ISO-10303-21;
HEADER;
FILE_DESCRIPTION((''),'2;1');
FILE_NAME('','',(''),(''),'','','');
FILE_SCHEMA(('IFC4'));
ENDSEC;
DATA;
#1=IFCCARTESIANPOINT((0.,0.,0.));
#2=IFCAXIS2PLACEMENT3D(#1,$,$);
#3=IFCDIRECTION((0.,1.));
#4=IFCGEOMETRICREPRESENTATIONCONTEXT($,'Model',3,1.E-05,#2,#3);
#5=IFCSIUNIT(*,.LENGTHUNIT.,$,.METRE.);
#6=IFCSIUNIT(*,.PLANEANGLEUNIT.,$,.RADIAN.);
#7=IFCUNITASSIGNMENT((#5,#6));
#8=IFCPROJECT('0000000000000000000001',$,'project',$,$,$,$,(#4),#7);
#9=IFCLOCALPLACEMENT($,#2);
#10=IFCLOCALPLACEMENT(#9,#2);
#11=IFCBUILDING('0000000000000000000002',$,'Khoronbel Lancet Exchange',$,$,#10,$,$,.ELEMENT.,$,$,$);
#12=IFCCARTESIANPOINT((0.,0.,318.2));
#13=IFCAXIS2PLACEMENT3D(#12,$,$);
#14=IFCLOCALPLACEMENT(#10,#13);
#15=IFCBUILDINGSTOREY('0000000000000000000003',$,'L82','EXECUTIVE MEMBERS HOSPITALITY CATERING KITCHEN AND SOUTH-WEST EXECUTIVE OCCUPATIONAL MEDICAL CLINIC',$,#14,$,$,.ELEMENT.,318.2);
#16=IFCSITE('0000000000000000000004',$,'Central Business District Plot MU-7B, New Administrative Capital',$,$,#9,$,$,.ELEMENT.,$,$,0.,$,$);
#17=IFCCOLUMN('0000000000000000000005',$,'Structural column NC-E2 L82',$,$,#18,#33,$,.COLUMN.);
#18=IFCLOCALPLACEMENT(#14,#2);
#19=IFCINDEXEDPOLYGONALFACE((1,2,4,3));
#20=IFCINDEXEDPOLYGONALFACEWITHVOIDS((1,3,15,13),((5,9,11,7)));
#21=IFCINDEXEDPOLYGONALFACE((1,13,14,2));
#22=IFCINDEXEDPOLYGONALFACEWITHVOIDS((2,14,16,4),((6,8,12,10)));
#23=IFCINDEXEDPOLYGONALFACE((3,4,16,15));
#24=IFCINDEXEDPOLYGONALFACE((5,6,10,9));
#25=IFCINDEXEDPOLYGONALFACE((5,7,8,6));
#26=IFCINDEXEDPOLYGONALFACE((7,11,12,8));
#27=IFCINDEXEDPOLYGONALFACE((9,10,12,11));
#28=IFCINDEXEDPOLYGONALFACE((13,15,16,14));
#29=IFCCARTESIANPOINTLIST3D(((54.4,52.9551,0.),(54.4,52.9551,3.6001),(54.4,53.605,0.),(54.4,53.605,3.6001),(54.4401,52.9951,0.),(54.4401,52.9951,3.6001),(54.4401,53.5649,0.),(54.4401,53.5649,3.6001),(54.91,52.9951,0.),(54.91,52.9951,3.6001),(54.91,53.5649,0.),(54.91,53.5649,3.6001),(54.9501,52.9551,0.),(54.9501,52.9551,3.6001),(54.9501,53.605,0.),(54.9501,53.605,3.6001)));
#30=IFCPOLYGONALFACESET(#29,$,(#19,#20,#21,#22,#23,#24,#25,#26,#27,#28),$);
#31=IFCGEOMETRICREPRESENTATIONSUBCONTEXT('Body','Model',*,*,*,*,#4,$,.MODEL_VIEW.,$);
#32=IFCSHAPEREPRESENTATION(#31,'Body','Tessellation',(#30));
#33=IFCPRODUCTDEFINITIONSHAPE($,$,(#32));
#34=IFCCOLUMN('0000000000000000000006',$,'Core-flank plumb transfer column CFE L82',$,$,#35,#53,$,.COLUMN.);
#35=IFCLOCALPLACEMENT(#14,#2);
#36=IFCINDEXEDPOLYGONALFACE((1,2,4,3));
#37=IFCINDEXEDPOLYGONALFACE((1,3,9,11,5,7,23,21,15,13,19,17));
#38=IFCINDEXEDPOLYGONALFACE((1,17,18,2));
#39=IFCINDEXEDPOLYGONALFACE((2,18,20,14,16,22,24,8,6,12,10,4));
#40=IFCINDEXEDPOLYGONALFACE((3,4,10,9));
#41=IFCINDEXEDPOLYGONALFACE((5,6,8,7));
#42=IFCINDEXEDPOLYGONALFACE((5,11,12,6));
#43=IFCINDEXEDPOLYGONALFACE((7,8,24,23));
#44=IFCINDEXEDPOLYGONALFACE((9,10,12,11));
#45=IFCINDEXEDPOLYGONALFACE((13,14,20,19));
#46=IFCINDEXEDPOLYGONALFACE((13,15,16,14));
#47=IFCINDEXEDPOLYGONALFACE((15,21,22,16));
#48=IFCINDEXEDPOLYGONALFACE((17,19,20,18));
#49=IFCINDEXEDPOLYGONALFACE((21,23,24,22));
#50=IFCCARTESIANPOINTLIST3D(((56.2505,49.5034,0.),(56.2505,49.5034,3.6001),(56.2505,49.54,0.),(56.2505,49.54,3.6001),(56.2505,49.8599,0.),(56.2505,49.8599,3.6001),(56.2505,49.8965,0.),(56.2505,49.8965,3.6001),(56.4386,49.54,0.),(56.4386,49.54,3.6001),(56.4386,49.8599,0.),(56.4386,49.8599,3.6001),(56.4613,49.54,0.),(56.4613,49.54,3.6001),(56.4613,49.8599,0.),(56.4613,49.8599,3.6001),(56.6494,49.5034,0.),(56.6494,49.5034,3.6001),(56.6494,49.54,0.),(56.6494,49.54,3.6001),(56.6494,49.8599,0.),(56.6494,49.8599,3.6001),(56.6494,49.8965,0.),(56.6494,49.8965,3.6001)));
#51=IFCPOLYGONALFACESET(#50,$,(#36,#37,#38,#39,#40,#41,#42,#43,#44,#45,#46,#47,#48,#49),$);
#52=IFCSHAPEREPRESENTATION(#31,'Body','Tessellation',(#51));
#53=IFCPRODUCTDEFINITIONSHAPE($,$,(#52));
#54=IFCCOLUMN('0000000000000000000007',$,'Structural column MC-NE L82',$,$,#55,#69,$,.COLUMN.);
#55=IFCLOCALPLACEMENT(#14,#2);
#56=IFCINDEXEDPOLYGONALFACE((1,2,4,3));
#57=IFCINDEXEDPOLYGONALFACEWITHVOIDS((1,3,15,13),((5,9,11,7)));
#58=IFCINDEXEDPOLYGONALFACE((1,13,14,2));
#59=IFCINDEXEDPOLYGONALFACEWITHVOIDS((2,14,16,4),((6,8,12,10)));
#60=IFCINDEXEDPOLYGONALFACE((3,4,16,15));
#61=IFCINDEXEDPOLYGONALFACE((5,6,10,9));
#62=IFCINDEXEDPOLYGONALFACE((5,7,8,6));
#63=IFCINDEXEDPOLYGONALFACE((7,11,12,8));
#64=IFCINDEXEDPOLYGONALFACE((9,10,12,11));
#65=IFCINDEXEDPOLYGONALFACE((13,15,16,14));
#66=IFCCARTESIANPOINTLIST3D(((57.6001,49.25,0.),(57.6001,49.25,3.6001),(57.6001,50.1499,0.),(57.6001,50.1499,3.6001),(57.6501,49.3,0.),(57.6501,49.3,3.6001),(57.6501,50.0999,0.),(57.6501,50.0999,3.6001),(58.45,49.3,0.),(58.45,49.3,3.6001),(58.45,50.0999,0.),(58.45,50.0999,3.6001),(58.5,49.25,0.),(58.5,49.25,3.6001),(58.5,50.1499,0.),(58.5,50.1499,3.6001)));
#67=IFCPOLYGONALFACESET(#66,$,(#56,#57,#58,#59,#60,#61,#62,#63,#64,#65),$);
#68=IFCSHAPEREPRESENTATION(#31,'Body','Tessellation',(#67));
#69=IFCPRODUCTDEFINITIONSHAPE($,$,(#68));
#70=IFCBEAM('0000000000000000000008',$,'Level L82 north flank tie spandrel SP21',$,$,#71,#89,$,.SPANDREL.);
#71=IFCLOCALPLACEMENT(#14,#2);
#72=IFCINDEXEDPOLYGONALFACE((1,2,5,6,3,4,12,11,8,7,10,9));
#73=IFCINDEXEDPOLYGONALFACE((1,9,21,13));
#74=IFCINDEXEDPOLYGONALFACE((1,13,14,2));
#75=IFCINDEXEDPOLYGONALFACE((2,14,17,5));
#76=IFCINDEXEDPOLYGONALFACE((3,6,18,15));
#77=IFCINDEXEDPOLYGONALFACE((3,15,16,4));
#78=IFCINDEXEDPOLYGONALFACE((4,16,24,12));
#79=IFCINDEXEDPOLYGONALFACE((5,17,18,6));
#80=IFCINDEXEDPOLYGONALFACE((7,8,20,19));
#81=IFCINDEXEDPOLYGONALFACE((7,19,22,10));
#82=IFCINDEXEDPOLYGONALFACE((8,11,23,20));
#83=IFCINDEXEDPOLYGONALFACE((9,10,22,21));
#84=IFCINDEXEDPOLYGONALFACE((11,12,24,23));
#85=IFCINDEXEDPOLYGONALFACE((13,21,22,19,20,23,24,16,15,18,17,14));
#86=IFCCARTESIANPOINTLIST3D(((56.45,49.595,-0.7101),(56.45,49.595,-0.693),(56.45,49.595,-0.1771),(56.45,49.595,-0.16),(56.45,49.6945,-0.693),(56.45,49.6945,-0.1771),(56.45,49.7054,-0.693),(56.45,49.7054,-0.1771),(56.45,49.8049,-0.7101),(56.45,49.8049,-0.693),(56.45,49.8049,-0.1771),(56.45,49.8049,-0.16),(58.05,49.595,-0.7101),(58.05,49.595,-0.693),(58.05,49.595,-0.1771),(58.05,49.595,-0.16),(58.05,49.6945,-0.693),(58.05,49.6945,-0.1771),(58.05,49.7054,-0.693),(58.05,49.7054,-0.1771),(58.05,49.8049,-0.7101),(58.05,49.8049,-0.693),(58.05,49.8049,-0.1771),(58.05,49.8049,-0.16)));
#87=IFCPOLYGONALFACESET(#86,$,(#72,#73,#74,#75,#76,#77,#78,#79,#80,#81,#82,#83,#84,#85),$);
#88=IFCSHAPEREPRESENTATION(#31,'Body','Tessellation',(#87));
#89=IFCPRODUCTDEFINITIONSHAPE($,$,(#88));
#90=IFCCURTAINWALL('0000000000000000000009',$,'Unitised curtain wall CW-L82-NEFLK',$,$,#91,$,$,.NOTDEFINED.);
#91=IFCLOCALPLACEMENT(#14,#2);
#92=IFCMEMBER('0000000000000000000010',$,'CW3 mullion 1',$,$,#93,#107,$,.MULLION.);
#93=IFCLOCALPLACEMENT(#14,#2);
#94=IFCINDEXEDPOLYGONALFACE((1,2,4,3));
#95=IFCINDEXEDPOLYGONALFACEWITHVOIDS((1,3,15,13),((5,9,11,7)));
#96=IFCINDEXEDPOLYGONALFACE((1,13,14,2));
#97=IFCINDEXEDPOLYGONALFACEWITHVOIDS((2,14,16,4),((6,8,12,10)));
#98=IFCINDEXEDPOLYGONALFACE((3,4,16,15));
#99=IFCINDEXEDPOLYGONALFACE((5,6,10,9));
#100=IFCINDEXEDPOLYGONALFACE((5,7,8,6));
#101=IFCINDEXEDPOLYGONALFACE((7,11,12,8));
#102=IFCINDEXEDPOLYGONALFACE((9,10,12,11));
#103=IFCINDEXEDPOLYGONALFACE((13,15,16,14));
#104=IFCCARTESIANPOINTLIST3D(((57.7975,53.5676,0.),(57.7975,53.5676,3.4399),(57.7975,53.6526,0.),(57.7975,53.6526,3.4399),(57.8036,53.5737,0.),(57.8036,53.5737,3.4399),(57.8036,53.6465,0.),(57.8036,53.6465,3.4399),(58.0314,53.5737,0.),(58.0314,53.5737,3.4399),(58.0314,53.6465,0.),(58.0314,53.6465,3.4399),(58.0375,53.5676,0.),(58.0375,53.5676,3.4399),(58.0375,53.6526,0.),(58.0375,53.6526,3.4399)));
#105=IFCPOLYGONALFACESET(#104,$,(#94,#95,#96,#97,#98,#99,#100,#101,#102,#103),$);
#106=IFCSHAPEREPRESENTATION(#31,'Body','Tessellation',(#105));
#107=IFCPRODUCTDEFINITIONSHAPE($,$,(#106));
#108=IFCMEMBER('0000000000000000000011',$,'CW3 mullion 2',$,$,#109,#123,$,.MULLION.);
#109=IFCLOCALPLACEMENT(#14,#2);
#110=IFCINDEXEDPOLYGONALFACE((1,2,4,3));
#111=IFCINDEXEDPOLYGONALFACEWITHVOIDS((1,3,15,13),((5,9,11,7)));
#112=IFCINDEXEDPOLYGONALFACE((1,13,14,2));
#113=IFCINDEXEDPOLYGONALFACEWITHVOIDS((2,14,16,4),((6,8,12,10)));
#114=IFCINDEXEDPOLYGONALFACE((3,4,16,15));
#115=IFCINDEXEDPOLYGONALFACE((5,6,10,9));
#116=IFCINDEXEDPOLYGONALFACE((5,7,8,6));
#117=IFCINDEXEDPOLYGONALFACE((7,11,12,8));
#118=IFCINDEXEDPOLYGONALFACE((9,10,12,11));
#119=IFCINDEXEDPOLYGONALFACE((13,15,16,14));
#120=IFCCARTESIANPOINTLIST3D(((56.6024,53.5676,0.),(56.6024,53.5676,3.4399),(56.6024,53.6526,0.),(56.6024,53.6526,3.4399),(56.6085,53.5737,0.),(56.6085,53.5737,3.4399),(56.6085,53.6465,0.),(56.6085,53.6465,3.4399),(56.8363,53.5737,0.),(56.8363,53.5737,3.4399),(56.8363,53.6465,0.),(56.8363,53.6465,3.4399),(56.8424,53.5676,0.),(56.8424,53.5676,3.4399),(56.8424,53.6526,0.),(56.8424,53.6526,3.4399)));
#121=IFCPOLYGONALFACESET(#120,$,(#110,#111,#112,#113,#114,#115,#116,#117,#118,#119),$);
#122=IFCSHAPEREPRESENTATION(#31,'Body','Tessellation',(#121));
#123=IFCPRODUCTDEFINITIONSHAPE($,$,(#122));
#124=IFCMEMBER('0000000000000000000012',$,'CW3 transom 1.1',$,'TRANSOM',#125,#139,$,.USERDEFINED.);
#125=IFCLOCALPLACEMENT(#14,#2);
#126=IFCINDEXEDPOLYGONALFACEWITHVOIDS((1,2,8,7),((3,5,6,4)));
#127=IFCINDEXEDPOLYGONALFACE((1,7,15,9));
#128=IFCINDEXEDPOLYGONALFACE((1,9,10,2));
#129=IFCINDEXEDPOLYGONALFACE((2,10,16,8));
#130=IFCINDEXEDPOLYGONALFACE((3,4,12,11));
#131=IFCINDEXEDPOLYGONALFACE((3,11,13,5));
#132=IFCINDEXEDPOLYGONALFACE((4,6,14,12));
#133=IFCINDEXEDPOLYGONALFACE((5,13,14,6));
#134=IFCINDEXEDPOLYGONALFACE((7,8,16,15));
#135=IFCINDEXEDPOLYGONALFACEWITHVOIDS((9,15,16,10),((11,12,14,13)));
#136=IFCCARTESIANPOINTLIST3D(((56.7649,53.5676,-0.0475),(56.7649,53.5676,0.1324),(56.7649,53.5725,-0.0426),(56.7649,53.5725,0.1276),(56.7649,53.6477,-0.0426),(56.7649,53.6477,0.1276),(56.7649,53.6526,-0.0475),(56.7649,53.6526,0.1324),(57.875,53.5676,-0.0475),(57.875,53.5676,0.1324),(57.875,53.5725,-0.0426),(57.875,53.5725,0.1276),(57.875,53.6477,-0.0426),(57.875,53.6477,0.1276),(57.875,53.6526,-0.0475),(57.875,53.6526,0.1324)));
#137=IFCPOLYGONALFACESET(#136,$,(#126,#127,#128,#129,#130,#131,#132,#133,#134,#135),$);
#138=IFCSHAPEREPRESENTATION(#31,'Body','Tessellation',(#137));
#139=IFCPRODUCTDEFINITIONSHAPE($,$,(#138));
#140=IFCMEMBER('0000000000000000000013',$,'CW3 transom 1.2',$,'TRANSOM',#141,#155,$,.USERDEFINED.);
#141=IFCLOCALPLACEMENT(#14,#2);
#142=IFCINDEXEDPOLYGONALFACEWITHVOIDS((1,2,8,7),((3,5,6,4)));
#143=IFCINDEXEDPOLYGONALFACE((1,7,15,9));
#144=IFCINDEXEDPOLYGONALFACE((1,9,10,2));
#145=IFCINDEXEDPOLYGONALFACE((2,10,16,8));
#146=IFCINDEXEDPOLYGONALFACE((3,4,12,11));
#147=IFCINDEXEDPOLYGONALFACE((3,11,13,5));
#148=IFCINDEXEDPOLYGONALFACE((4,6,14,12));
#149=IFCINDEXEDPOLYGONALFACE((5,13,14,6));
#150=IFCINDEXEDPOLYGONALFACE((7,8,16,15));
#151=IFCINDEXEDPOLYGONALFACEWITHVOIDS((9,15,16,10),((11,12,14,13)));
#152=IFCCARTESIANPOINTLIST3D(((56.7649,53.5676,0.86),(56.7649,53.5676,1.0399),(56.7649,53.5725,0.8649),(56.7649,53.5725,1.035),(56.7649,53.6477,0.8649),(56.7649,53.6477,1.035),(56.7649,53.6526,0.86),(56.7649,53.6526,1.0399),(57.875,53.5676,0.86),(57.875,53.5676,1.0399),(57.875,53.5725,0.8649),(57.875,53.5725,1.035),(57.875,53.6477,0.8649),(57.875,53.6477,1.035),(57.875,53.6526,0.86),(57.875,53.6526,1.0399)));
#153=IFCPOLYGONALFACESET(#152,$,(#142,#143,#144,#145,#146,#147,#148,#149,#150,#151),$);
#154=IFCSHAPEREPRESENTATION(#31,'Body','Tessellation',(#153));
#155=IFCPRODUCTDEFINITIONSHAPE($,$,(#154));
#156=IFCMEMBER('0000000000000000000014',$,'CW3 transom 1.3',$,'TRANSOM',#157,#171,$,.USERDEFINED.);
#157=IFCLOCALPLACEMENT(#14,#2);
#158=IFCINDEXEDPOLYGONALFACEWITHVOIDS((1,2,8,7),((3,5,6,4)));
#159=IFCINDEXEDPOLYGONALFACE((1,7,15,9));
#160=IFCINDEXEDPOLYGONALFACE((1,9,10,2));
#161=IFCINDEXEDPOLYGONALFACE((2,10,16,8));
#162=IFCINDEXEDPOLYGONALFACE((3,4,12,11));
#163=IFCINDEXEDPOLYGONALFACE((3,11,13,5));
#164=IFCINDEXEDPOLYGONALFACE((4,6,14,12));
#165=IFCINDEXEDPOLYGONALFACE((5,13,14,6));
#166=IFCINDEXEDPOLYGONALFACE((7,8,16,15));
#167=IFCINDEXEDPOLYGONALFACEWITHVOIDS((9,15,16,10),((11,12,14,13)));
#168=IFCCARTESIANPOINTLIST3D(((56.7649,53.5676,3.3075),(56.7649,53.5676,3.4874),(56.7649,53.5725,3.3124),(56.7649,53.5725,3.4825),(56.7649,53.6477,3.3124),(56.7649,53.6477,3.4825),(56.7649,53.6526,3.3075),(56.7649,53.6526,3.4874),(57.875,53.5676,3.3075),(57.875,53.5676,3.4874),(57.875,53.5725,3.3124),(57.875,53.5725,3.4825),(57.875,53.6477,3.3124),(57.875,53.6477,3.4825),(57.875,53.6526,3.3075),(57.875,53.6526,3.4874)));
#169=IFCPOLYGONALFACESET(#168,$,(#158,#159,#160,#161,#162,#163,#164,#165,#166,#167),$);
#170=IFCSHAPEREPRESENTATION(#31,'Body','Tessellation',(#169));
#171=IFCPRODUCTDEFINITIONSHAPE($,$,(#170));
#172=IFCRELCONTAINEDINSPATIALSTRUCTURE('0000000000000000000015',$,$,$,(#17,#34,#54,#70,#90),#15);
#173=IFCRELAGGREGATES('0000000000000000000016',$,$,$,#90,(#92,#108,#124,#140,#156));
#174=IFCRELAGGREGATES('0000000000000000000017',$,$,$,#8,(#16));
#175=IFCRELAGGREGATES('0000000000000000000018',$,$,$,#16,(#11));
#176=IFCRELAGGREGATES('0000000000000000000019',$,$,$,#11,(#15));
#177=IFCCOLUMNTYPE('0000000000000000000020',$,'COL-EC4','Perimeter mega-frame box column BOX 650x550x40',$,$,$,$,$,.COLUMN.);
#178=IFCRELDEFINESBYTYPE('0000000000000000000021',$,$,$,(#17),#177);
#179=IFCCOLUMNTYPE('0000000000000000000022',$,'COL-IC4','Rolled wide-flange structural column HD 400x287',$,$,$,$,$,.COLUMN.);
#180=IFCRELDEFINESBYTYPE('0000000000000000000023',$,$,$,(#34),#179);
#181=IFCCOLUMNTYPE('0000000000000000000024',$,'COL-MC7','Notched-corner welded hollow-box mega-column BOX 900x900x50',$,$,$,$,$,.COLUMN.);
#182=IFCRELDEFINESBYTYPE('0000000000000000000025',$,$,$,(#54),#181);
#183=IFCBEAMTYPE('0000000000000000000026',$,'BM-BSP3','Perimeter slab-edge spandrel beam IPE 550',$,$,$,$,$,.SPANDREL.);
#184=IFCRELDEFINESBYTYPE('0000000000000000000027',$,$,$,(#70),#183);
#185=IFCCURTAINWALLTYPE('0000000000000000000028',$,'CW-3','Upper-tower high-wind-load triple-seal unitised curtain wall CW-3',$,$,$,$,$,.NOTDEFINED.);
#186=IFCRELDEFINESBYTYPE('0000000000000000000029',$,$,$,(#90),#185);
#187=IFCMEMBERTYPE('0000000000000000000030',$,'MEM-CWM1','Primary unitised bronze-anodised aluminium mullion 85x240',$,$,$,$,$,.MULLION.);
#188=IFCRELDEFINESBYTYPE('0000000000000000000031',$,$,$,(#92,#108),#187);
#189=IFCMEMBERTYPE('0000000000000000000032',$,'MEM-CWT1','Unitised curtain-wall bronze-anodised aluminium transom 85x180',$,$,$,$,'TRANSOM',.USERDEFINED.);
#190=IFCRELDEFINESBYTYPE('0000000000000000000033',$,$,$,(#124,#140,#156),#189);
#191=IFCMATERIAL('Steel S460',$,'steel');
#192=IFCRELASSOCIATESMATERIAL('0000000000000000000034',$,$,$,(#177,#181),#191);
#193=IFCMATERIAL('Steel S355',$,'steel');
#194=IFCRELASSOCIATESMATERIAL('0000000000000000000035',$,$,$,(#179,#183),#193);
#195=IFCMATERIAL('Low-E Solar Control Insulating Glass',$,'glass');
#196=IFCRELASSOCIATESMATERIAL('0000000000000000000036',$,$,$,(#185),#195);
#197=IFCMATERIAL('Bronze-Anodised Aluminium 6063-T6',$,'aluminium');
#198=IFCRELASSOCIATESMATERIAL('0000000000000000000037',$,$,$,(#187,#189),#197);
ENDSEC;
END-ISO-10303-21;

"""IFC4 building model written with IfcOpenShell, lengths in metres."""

from ifc_helpers import new_model, si_unit, direction, frame, origin, origin_2d, place, context, subcontext, project, spatial, hollow_rectangle, i_section, extrude, material, material_profile, profile_set, type_object, element, aggregate, save


model = new_model("IFC4")

# Units and contexts
model_context = context("Model", 3, precision=1e-05, world=origin(), true_north=direction((0.0, 1.0)))
body_context = subcontext(model_context, "Body", "Model", "MODEL_VIEW")
ifc_project = project(units=[si_unit("LENGTHUNIT", "METRE"), si_unit("PLANEANGLEUNIT", "RADIAN")], contexts=[model_context])

# Site, building, storey
site_placement = place(None, origin())
site = spatial("IfcSite", under=ifc_project, at=site_placement, Name="Central Business District Plot MU-7B, New Administrative Capital", CompositionType="ELEMENT", RefElevation=0.0)
building_placement = place(site_placement, origin())
building = spatial("IfcBuilding", under=site, at=building_placement, Name="Khoronbel Lancet Exchange", CompositionType="ELEMENT")
storey_placement = place(building_placement, frame((0.0, 0.0, 318.2)))
storey = spatial("IfcBuildingStorey", under=building, at=storey_placement, Name="L82", Description="EXECUTIVE MEMBERS HOSPITALITY CATERING KITCHEN AND SOUTH-WEST EXECUTIVE OCCUPATIONAL MEDICAL CLINIC", CompositionType="ELEMENT", Elevation=318.2)

# Columns
ifc_material_1 = material(Name="Steel S460", Category="steel")
ifc_material_profile_1 = material_profile(ifc_material_1, hollow_rectangle(XDim=0.55, YDim=0.6499, WallThickness=0.04, at=origin_2d()), Name="BOX 650x550x40")
ifc_profile_set_1 = profile_set([ifc_material_profile_1], Name="Steel S460")
column_type_1 = type_object("IfcColumnType", Name="COL-EC4", Description="Perimeter mega-frame box column BOX 650x550x40", PredefinedType="COLUMN", material=ifc_profile_set_1)
column_1_placement = place(storey_placement, frame((54.675, 53.28, 0.0), z_axis=(0.0, 0.0, 1.0), x_axis=(1.0, 0.0, 0.0)))
element("IfcColumn", 1, at=column_1_placement, inside=storey, type_object=column_type_1, Name="Structural column NC-E2 L82", PredefinedType="COLUMN", context=body_context, shape_type="SweptSolid", body=[
    extrude(hollow_rectangle(XDim=0.55, YDim=0.6499, WallThickness=0.04, at=origin_2d()), origin(), (0.0, 0.0, 1.0), 3.6001),
])
ifc_material_2 = material(Name="Steel S355", Category="steel")
ifc_material_profile_2 = material_profile(ifc_material_2, i_section(OverallWidth=0.3989, OverallDepth=0.3931, WebThickness=0.0227, FlangeThickness=0.0366, at=origin_2d()), Name="HD 400x287")
ifc_profile_set_2 = profile_set([ifc_material_profile_2], Name="Steel S355")
column_type_2 = type_object("IfcColumnType", Name="COL-IC4", Description="Rolled wide-flange structural column HD 400x287", PredefinedType="COLUMN", material=ifc_profile_set_2)
column_2_placement = place(storey_placement, frame((56.45, 49.7, 0.0), z_axis=(0.0, 0.0, 1.0), x_axis=(1.0, 0.0, 0.0)))
element("IfcColumn", 2, at=column_2_placement, inside=storey, type_object=column_type_2, Name="Core-flank plumb transfer column CFE L82", PredefinedType="COLUMN", context=body_context, shape_type="SweptSolid", body=[
    extrude(i_section(OverallWidth=0.3989, OverallDepth=0.3931, WebThickness=0.0227, FlangeThickness=0.0366, at=origin_2d()), origin(), (0.0, 0.0, 1.0), 3.6001),
])
ifc_material_profile_3 = material_profile(ifc_material_1, hollow_rectangle(XDim=0.8999, YDim=0.8999, WallThickness=0.05, at=origin_2d()), Name="BOX 900x900x50")
ifc_profile_set_3 = profile_set([ifc_material_profile_3], Name="Steel S460")
column_type_3 = type_object("IfcColumnType", Name="COL-MC7", Description="Notched-corner welded hollow-box mega-column BOX 900x900x50", PredefinedType="COLUMN", material=ifc_profile_set_3)
column_3_placement = place(storey_placement, frame((58.05, 49.7, 0.0), z_axis=(0.0, 0.0, 1.0), x_axis=(1.0, 0.0, 0.0)))
element("IfcColumn", 3, at=column_3_placement, inside=storey, type_object=column_type_3, Name="Structural column MC-NE L82", PredefinedType="COLUMN", context=body_context, shape_type="SweptSolid", body=[
    extrude(hollow_rectangle(XDim=0.8999, YDim=0.8999, WallThickness=0.05, at=origin_2d()), origin(), (0.0, 0.0, 1.0), 3.6001),
])

# Beam
ifc_material_profile_4 = material_profile(ifc_material_2, i_section(OverallWidth=0.21, OverallDepth=0.55, WebThickness=0.011, FlangeThickness=0.0171, at=origin_2d()), Name="IPE 550")
ifc_profile_set_4 = profile_set([ifc_material_profile_4], Name="Steel S355")
beam_type = type_object("IfcBeamType", Name="BM-BSP3", Description="Perimeter slab-edge spandrel beam IPE 550", PredefinedType="SPANDREL", material=ifc_profile_set_4)
beam_placement = place(storey_placement, frame((58.05, 49.7, -0.4351), z_axis=(-1.0, 0.0, 0.0), x_axis=(0.0, -1.0, 0.0)))
element("IfcBeam", 4, at=beam_placement, inside=storey, type_object=beam_type, Name="Level L82 north flank tie spandrel SP21", PredefinedType="SPANDREL", context=body_context, shape_type="SweptSolid", body=[
    extrude(i_section(OverallWidth=0.21, OverallDepth=0.55, WebThickness=0.011, FlangeThickness=0.0171, at=origin_2d()), origin(), (0.0, 0.0, 1.0), 1.6001),
])

# Curtain wall, members
ifc_material_3 = material(Name="Low-E Solar Control Insulating Glass", Category="glass")
curtain_wall_type = type_object("IfcCurtainWallType", Name="CW-3", Description="Upper-tower high-wind-load triple-seal unitised curtain wall CW-3", PredefinedType="NOTDEFINED", material=ifc_material_3)
curtain_wall_placement = place(storey_placement, origin())
curtain_wall = element("IfcCurtainWall", 5, at=curtain_wall_placement, inside=storey, type_object=curtain_wall_type, Name="Unitised curtain wall CW-L82-NEFLK", PredefinedType="NOTDEFINED")
ifc_material_4 = material(Name="Bronze-Anodised Aluminium 6063-T6", Category="aluminium")
ifc_material_profile_5 = material_profile(ifc_material_4, hollow_rectangle(XDim=0.085, YDim=0.24, WallThickness=0.0061, at=origin_2d()), Name="ALU MULLION 85x240")
ifc_profile_set_5 = profile_set([ifc_material_profile_5], Name="Bronze-Anodised Aluminium 6063-T6")
member_type_1 = type_object("IfcMemberType", Name="MEM-CWM1", Description="Primary unitised bronze-anodised aluminium mullion 85x240", PredefinedType="MULLION", material=ifc_profile_set_5)
member_1_placement = place(storey_placement, frame((57.9175, 53.6101, 0.0), z_axis=(0.0, 0.0, 1.0), x_axis=(0.0, -1.0, 0.0)))
member_1 = element("IfcMember", 6, at=member_1_placement, type_object=member_type_1, Name="CW3 mullion 1", PredefinedType="MULLION", context=body_context, shape_type="SweptSolid", body=[
    extrude(hollow_rectangle(XDim=0.085, YDim=0.24, WallThickness=0.0061, at=origin_2d()), origin(), (0.0, 0.0, 1.0), 3.4399),
])
member_2_placement = place(storey_placement, frame((56.7224, 53.6101, 0.0), z_axis=(0.0, 0.0, 1.0), x_axis=(0.0, -1.0, 0.0)))
member_2 = element("IfcMember", 7, at=member_2_placement, type_object=member_type_1, Name="CW3 mullion 2", PredefinedType="MULLION", context=body_context, shape_type="SweptSolid", body=[
    extrude(hollow_rectangle(XDim=0.085, YDim=0.24, WallThickness=0.0061, at=origin_2d()), origin(), (0.0, 0.0, 1.0), 3.4399),
])
ifc_material_profile_6 = material_profile(ifc_material_4, hollow_rectangle(XDim=0.085, YDim=0.1799, WallThickness=0.0049, at=origin_2d()), Name="ALU TRANSOM 85x180")
ifc_profile_set_6 = profile_set([ifc_material_profile_6], Name="Bronze-Anodised Aluminium 6063-T6")
member_type_2 = type_object("IfcMemberType", Name="MEM-CWT1", Description="Unitised curtain-wall bronze-anodised aluminium transom 85x180", ElementType="TRANSOM", PredefinedType="USERDEFINED", material=ifc_profile_set_6)
member_3_placement = place(storey_placement, frame((57.875, 53.6101, 0.0425), z_axis=(-1.0, 0.0, 0.0), x_axis=(0.0, -1.0, 0.0)))
member_3 = element("IfcMember", 8, at=member_3_placement, type_object=member_type_2, Name="CW3 transom 1.1", ObjectType="TRANSOM", PredefinedType="USERDEFINED", context=body_context, shape_type="SweptSolid", body=[
    extrude(hollow_rectangle(XDim=0.085, YDim=0.1799, WallThickness=0.0049, at=origin_2d()), origin(), (0.0, 0.0, 1.0), 1.1101),
])
member_4_placement = place(storey_placement, frame((57.875, 53.6101, 0.95), z_axis=(-1.0, 0.0, 0.0), x_axis=(0.0, -1.0, 0.0)))
member_4 = element("IfcMember", 9, at=member_4_placement, type_object=member_type_2, Name="CW3 transom 1.2", ObjectType="TRANSOM", PredefinedType="USERDEFINED", context=body_context, shape_type="SweptSolid", body=[
    extrude(hollow_rectangle(XDim=0.085, YDim=0.1799, WallThickness=0.0049, at=origin_2d()), origin(), (0.0, 0.0, 1.0), 1.1101),
])
member_5_placement = place(storey_placement, frame((57.875, 53.6101, 3.3975), z_axis=(-1.0, 0.0, 0.0), x_axis=(0.0, -1.0, 0.0)))
member_5 = element("IfcMember", 10, at=member_5_placement, type_object=member_type_2, Name="CW3 transom 1.3", ObjectType="TRANSOM", PredefinedType="USERDEFINED", context=body_context, shape_type="SweptSolid", body=[
    extrude(hollow_rectangle(XDim=0.085, YDim=0.1799, WallThickness=0.0049, at=origin_2d()), origin(), (0.0, 0.0, 1.0), 1.1101),
])
aggregate(curtain_wall, [member_1, member_2, member_3, member_4, member_5])

save(model, "model.ifc")
